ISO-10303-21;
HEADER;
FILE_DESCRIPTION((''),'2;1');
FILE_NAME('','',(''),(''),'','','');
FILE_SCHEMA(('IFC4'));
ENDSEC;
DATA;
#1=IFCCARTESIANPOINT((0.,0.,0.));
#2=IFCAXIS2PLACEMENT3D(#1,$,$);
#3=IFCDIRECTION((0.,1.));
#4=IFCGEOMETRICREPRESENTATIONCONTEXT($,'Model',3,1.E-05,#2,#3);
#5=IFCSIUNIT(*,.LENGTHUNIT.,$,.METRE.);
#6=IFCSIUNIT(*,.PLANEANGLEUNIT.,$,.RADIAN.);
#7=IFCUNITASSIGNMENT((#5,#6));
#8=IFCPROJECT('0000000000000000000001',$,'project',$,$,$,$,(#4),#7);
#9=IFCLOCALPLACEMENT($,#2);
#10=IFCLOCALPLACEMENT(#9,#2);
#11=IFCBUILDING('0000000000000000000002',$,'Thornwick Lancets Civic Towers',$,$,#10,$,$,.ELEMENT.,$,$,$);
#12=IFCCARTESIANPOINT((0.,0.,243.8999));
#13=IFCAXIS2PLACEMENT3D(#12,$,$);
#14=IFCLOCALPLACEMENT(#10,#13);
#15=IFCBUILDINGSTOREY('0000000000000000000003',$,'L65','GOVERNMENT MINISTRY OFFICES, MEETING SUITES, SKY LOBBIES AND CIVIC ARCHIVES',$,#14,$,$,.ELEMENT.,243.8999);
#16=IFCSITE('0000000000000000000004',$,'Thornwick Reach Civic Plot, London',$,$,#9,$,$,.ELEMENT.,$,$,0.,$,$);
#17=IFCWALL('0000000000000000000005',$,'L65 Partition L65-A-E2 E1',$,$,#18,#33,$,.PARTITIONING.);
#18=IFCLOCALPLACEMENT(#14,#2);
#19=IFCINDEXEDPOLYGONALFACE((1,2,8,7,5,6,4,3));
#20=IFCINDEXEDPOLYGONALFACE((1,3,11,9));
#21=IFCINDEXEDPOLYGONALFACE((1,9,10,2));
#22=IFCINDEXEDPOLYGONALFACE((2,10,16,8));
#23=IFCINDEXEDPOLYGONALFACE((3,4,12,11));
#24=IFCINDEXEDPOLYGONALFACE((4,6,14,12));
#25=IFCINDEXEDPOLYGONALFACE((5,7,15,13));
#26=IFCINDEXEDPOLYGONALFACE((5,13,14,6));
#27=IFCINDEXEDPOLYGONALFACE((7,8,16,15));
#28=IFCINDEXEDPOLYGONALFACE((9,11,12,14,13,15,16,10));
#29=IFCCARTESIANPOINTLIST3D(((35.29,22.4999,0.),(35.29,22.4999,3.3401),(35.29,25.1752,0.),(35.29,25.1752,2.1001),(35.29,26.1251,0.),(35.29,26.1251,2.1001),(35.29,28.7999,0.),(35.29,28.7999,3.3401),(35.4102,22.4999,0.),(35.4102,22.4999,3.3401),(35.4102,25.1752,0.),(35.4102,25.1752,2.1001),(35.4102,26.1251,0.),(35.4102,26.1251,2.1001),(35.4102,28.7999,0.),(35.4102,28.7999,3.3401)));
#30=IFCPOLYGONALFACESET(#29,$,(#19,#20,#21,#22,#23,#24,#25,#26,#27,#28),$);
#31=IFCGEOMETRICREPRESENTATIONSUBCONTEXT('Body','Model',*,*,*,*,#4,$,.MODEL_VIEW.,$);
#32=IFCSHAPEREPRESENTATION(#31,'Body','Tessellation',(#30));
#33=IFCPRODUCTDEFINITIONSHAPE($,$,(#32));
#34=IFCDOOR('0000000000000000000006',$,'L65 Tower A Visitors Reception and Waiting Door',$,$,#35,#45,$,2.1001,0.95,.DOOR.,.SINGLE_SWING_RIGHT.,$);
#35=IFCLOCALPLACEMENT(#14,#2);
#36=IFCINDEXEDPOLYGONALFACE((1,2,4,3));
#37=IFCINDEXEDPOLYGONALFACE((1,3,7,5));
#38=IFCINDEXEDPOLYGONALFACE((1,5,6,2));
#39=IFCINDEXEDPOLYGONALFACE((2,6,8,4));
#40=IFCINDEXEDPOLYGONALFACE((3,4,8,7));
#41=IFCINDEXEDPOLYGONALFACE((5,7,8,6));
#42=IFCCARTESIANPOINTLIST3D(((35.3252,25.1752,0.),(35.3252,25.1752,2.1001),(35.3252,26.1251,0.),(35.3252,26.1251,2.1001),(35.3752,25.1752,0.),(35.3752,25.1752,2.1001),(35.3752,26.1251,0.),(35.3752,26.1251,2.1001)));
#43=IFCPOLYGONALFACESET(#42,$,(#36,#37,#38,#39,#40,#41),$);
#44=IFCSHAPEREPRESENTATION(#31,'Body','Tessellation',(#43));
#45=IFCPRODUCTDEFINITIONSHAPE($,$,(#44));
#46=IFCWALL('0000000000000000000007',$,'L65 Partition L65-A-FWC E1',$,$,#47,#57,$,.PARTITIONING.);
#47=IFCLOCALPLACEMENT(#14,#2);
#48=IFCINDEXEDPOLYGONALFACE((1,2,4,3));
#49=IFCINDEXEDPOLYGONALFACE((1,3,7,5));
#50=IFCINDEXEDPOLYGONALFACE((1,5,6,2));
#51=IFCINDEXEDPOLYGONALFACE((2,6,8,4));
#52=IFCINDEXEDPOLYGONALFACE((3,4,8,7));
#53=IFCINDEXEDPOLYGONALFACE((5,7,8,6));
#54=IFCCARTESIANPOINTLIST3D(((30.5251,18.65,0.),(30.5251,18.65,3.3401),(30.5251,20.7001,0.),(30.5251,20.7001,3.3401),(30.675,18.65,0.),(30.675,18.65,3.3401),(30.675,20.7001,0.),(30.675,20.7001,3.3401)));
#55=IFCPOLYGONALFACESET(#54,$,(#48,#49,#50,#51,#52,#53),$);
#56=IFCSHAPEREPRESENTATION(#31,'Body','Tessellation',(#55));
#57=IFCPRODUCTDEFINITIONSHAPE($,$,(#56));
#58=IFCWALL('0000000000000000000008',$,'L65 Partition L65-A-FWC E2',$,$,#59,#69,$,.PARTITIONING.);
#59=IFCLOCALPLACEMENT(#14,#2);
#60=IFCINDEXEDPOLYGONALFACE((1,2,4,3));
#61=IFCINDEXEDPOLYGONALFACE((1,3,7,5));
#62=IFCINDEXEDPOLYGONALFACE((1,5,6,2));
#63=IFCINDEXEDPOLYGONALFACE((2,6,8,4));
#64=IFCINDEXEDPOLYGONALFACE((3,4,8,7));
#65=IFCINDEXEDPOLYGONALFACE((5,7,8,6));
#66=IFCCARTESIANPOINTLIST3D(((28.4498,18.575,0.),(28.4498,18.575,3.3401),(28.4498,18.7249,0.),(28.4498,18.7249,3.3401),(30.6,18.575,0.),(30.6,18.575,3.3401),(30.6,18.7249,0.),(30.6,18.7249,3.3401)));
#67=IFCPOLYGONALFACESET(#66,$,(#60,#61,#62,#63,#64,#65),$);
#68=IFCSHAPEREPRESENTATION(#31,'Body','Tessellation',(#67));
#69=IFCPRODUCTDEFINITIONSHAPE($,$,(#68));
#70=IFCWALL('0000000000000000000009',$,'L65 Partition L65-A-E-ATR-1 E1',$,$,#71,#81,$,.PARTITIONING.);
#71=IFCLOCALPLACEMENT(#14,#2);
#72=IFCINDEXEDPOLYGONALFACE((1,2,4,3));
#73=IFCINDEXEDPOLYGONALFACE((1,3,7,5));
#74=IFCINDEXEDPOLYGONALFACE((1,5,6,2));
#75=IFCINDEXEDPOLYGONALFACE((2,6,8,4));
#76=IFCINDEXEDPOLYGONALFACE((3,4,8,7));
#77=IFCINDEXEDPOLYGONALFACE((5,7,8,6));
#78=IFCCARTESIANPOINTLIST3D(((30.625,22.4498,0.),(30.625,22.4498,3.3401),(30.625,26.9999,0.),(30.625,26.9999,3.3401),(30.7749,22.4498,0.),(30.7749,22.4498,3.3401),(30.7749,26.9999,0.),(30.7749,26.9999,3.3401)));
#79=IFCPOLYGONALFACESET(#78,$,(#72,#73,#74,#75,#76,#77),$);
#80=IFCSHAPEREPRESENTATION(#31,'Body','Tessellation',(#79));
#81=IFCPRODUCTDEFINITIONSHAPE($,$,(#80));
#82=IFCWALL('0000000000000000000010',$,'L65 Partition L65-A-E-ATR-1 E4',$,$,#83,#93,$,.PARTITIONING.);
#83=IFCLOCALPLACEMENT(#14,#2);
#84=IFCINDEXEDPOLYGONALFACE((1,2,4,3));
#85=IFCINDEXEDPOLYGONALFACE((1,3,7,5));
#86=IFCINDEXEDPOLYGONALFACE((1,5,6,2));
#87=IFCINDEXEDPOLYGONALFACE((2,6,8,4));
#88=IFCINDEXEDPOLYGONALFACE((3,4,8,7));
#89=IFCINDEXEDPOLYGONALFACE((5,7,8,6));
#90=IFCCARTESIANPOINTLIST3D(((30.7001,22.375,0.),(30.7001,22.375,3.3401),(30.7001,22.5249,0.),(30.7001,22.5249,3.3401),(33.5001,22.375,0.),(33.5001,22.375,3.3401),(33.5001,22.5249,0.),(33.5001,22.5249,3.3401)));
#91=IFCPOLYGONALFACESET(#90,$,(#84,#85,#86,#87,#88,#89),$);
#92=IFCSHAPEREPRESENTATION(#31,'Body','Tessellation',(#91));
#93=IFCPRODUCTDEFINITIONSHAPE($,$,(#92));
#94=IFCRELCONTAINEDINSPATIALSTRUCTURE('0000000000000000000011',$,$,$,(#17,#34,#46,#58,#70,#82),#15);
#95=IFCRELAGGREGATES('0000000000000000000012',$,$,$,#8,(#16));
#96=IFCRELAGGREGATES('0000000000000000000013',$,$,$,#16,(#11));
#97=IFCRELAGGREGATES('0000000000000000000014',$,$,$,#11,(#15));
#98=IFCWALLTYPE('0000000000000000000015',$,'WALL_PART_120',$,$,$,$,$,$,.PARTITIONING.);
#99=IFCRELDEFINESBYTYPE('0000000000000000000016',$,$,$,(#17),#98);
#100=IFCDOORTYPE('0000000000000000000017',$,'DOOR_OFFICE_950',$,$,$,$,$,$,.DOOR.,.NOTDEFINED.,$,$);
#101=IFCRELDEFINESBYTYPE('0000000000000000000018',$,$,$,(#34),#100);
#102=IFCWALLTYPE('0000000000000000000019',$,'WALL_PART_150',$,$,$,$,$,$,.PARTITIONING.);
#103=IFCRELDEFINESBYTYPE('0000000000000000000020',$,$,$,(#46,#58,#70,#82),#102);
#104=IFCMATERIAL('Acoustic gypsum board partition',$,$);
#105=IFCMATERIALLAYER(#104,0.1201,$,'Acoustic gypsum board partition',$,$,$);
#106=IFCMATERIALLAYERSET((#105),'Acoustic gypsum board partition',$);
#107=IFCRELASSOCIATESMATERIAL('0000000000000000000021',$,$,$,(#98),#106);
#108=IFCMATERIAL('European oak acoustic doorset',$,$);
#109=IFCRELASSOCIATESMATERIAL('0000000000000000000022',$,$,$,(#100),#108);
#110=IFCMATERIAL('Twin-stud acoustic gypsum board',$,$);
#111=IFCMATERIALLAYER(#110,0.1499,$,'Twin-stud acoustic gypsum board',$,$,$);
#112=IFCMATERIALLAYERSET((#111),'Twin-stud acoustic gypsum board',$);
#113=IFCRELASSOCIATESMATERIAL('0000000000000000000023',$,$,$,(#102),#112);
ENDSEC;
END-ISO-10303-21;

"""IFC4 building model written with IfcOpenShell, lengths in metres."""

from ifc_helpers import new_model, si_unit, direction, frame, frame_2d, origin, place, context, subcontext, project, spatial, rectangle, extrude, material, layer, layer_set, type_object, element, fill, save


model = new_model("IFC4")

# Units and contexts
model_context = context("Model", 3, precision=1e-05, world=origin(), true_north=direction((0.0, 1.0)))
body_context = subcontext(model_context, "Body", "Model", "MODEL_VIEW")
ifc_project = project(units=[si_unit("LENGTHUNIT", "METRE"), si_unit("PLANEANGLEUNIT", "RADIAN")], contexts=[model_context])

# Site, building, storey
site_placement = place(None, origin())
site = spatial("IfcSite", under=ifc_project, at=site_placement, Name="Thornwick Reach Civic Plot, London", CompositionType="ELEMENT", RefElevation=0.0)
building_placement = place(site_placement, origin())
building = spatial("IfcBuilding", under=site, at=building_placement, Name="Thornwick Lancets Civic Towers", CompositionType="ELEMENT")
storey_placement = place(building_placement, frame((0.0, 0.0, 243.8999)))
storey = spatial("IfcBuildingStorey", under=building, at=storey_placement, Name="L65", Description="GOVERNMENT MINISTRY OFFICES, MEETING SUITES, SKY LOBBIES AND CIVIC ARCHIVES", CompositionType="ELEMENT", Elevation=243.8999)

# Shared definitions
ifc_material_1 = material(Name="Acoustic gypsum board partition")
ifc_layer_1 = layer(ifc_material_1, 0.1201, Name="Acoustic gypsum board partition")
ifc_layer_set_1 = layer_set([ifc_layer_1], Name="Acoustic gypsum board partition")
wall_type_1 = type_object("IfcWallType", Name="WALL_PART_120", PredefinedType="PARTITIONING", material=ifc_layer_set_1)

# Shared definitions
ifc_material_2 = material(Name="European oak acoustic doorset")
door_type_1 = type_object("IfcDoorType", Name="DOOR_OFFICE_950", OperationType="NOTDEFINED", PredefinedType="DOOR", material=ifc_material_2)

# Wall, opening, door
wall_1_placement = place(storey_placement, frame((35.3501, 22.5, 0.0), z_axis=(0.0, 0.0, 1.0), x_axis=(0.0, 1.0, 0.0)))
wall_1 = element("IfcWall", 1, at=wall_1_placement, inside=storey, type_object=wall_type_1, Name="L65 Partition L65-A-E2 E1", PredefinedType="PARTITIONING", context=body_context, shape_type="SweptSolid", body=[
    extrude(rectangle(XDim=6.3, YDim=0.1201, at=frame_2d((3.1499, 0.0))), origin(), (0.0, 0.0, 1.0), 3.3401),
])
opening_1_placement = place(wall_1_placement, frame((2.675, 0.0, 0.0)))
opening_1 = element("IfcOpeningElement", 2, at=opening_1_placement, cuts=wall_1, PredefinedType="OPENING", context=body_context, shape_type="SweptSolid", body=[
    extrude(rectangle(XDim=0.95, YDim=2.1001, at=frame_2d((0.4751, 1.05))), frame((0.0, 0.0701, 0.0), z_axis=(0.0, -1.0, 0.0), x_axis=(1.0, 0.0, 0.0)), (0.0, 0.0, 1.0), 0.1401),
])
door_1_placement = place(opening_1_placement, origin())
door_1 = element("IfcDoor", 3, at=door_1_placement, inside=storey, type_object=door_type_1, Name="L65 Tower A Visitors Reception and Waiting Door", OperationType="SINGLE_SWING_RIGHT", OverallHeight=2.1001, OverallWidth=0.95, PredefinedType="DOOR", context=body_context, shape_type="SweptSolid", body=[
    extrude(rectangle(XDim=0.95, YDim=2.1001, at=frame_2d((0.4751, 1.05))), frame((0.0, 0.0249, 0.0), z_axis=(0.0, -1.0, 0.0), x_axis=(1.0, 0.0, 0.0)), (0.0, 0.0, 1.0), 0.05),
])
fill(opening_1, door_1)

# Walls
ifc_material_3 = material(Name="Twin-stud acoustic gypsum board")
ifc_layer_2 = layer(ifc_material_3, 0.1499, Name="Twin-stud acoustic gypsum board")
ifc_layer_set_2 = layer_set([ifc_layer_2], Name="Twin-stud acoustic gypsum board")
wall_type_2 = type_object("IfcWallType", Name="WALL_PART_150", PredefinedType="PARTITIONING", material=ifc_layer_set_2)
wall_2_placement = place(storey_placement, frame((30.6001, 20.7, 0.0), z_axis=(0.0, 0.0, 1.0), x_axis=(0.0, -1.0, 0.0)))
element("IfcWall", 4, at=wall_2_placement, inside=storey, type_object=wall_type_2, Name="L65 Partition L65-A-FWC E1", PredefinedType="PARTITIONING", context=body_context, shape_type="SweptSolid", body=[
    extrude(rectangle(XDim=2.05, YDim=0.1499, at=frame_2d((1.0249, 0.0))), origin(), (0.0, 0.0, 1.0), 3.3401),
])
wall_3_placement = place(storey_placement, frame((30.6001, 18.6499, 0.0), z_axis=(0.0, 0.0, 1.0), x_axis=(-1.0, 0.0, 0.0)))
element("IfcWall", 5, at=wall_3_placement, inside=storey, type_object=wall_type_2, Name="L65 Partition L65-A-FWC E2", PredefinedType="PARTITIONING", context=body_context, shape_type="SweptSolid", body=[
    extrude(rectangle(XDim=2.1501, YDim=0.1499, at=frame_2d((1.0752, 0.0))), origin(), (0.0, 0.0, 1.0), 3.3401),
])
wall_4_placement = place(storey_placement, frame((30.7, 22.45, 0.0), z_axis=(0.0, 0.0, 1.0), x_axis=(0.0, 1.0, 0.0)))
element("IfcWall", 6, at=wall_4_placement, inside=storey, type_object=wall_type_2, Name="L65 Partition L65-A-E-ATR-1 E1", PredefinedType="PARTITIONING", context=body_context, shape_type="SweptSolid", body=[
    extrude(rectangle(XDim=4.55, YDim=0.1499, at=frame_2d((2.2749, 0.0))), origin(), (0.0, 0.0, 1.0), 3.3401),
])
wall_5_placement = place(storey_placement, frame((33.5, 22.45, 0.0), z_axis=(0.0, 0.0, 1.0), x_axis=(-1.0, 0.0, 0.0)))
element("IfcWall", 7, at=wall_5_placement, inside=storey, type_object=wall_type_2, Name="L65 Partition L65-A-E-ATR-1 E4", PredefinedType="PARTITIONING", context=body_context, shape_type="SweptSolid", body=[
    extrude(rectangle(XDim=2.8, YDim=0.1499, at=frame_2d((1.3999, 0.0))), origin(), (0.0, 0.0, 1.0), 3.3401),
])

save(model, "model.ifc")
